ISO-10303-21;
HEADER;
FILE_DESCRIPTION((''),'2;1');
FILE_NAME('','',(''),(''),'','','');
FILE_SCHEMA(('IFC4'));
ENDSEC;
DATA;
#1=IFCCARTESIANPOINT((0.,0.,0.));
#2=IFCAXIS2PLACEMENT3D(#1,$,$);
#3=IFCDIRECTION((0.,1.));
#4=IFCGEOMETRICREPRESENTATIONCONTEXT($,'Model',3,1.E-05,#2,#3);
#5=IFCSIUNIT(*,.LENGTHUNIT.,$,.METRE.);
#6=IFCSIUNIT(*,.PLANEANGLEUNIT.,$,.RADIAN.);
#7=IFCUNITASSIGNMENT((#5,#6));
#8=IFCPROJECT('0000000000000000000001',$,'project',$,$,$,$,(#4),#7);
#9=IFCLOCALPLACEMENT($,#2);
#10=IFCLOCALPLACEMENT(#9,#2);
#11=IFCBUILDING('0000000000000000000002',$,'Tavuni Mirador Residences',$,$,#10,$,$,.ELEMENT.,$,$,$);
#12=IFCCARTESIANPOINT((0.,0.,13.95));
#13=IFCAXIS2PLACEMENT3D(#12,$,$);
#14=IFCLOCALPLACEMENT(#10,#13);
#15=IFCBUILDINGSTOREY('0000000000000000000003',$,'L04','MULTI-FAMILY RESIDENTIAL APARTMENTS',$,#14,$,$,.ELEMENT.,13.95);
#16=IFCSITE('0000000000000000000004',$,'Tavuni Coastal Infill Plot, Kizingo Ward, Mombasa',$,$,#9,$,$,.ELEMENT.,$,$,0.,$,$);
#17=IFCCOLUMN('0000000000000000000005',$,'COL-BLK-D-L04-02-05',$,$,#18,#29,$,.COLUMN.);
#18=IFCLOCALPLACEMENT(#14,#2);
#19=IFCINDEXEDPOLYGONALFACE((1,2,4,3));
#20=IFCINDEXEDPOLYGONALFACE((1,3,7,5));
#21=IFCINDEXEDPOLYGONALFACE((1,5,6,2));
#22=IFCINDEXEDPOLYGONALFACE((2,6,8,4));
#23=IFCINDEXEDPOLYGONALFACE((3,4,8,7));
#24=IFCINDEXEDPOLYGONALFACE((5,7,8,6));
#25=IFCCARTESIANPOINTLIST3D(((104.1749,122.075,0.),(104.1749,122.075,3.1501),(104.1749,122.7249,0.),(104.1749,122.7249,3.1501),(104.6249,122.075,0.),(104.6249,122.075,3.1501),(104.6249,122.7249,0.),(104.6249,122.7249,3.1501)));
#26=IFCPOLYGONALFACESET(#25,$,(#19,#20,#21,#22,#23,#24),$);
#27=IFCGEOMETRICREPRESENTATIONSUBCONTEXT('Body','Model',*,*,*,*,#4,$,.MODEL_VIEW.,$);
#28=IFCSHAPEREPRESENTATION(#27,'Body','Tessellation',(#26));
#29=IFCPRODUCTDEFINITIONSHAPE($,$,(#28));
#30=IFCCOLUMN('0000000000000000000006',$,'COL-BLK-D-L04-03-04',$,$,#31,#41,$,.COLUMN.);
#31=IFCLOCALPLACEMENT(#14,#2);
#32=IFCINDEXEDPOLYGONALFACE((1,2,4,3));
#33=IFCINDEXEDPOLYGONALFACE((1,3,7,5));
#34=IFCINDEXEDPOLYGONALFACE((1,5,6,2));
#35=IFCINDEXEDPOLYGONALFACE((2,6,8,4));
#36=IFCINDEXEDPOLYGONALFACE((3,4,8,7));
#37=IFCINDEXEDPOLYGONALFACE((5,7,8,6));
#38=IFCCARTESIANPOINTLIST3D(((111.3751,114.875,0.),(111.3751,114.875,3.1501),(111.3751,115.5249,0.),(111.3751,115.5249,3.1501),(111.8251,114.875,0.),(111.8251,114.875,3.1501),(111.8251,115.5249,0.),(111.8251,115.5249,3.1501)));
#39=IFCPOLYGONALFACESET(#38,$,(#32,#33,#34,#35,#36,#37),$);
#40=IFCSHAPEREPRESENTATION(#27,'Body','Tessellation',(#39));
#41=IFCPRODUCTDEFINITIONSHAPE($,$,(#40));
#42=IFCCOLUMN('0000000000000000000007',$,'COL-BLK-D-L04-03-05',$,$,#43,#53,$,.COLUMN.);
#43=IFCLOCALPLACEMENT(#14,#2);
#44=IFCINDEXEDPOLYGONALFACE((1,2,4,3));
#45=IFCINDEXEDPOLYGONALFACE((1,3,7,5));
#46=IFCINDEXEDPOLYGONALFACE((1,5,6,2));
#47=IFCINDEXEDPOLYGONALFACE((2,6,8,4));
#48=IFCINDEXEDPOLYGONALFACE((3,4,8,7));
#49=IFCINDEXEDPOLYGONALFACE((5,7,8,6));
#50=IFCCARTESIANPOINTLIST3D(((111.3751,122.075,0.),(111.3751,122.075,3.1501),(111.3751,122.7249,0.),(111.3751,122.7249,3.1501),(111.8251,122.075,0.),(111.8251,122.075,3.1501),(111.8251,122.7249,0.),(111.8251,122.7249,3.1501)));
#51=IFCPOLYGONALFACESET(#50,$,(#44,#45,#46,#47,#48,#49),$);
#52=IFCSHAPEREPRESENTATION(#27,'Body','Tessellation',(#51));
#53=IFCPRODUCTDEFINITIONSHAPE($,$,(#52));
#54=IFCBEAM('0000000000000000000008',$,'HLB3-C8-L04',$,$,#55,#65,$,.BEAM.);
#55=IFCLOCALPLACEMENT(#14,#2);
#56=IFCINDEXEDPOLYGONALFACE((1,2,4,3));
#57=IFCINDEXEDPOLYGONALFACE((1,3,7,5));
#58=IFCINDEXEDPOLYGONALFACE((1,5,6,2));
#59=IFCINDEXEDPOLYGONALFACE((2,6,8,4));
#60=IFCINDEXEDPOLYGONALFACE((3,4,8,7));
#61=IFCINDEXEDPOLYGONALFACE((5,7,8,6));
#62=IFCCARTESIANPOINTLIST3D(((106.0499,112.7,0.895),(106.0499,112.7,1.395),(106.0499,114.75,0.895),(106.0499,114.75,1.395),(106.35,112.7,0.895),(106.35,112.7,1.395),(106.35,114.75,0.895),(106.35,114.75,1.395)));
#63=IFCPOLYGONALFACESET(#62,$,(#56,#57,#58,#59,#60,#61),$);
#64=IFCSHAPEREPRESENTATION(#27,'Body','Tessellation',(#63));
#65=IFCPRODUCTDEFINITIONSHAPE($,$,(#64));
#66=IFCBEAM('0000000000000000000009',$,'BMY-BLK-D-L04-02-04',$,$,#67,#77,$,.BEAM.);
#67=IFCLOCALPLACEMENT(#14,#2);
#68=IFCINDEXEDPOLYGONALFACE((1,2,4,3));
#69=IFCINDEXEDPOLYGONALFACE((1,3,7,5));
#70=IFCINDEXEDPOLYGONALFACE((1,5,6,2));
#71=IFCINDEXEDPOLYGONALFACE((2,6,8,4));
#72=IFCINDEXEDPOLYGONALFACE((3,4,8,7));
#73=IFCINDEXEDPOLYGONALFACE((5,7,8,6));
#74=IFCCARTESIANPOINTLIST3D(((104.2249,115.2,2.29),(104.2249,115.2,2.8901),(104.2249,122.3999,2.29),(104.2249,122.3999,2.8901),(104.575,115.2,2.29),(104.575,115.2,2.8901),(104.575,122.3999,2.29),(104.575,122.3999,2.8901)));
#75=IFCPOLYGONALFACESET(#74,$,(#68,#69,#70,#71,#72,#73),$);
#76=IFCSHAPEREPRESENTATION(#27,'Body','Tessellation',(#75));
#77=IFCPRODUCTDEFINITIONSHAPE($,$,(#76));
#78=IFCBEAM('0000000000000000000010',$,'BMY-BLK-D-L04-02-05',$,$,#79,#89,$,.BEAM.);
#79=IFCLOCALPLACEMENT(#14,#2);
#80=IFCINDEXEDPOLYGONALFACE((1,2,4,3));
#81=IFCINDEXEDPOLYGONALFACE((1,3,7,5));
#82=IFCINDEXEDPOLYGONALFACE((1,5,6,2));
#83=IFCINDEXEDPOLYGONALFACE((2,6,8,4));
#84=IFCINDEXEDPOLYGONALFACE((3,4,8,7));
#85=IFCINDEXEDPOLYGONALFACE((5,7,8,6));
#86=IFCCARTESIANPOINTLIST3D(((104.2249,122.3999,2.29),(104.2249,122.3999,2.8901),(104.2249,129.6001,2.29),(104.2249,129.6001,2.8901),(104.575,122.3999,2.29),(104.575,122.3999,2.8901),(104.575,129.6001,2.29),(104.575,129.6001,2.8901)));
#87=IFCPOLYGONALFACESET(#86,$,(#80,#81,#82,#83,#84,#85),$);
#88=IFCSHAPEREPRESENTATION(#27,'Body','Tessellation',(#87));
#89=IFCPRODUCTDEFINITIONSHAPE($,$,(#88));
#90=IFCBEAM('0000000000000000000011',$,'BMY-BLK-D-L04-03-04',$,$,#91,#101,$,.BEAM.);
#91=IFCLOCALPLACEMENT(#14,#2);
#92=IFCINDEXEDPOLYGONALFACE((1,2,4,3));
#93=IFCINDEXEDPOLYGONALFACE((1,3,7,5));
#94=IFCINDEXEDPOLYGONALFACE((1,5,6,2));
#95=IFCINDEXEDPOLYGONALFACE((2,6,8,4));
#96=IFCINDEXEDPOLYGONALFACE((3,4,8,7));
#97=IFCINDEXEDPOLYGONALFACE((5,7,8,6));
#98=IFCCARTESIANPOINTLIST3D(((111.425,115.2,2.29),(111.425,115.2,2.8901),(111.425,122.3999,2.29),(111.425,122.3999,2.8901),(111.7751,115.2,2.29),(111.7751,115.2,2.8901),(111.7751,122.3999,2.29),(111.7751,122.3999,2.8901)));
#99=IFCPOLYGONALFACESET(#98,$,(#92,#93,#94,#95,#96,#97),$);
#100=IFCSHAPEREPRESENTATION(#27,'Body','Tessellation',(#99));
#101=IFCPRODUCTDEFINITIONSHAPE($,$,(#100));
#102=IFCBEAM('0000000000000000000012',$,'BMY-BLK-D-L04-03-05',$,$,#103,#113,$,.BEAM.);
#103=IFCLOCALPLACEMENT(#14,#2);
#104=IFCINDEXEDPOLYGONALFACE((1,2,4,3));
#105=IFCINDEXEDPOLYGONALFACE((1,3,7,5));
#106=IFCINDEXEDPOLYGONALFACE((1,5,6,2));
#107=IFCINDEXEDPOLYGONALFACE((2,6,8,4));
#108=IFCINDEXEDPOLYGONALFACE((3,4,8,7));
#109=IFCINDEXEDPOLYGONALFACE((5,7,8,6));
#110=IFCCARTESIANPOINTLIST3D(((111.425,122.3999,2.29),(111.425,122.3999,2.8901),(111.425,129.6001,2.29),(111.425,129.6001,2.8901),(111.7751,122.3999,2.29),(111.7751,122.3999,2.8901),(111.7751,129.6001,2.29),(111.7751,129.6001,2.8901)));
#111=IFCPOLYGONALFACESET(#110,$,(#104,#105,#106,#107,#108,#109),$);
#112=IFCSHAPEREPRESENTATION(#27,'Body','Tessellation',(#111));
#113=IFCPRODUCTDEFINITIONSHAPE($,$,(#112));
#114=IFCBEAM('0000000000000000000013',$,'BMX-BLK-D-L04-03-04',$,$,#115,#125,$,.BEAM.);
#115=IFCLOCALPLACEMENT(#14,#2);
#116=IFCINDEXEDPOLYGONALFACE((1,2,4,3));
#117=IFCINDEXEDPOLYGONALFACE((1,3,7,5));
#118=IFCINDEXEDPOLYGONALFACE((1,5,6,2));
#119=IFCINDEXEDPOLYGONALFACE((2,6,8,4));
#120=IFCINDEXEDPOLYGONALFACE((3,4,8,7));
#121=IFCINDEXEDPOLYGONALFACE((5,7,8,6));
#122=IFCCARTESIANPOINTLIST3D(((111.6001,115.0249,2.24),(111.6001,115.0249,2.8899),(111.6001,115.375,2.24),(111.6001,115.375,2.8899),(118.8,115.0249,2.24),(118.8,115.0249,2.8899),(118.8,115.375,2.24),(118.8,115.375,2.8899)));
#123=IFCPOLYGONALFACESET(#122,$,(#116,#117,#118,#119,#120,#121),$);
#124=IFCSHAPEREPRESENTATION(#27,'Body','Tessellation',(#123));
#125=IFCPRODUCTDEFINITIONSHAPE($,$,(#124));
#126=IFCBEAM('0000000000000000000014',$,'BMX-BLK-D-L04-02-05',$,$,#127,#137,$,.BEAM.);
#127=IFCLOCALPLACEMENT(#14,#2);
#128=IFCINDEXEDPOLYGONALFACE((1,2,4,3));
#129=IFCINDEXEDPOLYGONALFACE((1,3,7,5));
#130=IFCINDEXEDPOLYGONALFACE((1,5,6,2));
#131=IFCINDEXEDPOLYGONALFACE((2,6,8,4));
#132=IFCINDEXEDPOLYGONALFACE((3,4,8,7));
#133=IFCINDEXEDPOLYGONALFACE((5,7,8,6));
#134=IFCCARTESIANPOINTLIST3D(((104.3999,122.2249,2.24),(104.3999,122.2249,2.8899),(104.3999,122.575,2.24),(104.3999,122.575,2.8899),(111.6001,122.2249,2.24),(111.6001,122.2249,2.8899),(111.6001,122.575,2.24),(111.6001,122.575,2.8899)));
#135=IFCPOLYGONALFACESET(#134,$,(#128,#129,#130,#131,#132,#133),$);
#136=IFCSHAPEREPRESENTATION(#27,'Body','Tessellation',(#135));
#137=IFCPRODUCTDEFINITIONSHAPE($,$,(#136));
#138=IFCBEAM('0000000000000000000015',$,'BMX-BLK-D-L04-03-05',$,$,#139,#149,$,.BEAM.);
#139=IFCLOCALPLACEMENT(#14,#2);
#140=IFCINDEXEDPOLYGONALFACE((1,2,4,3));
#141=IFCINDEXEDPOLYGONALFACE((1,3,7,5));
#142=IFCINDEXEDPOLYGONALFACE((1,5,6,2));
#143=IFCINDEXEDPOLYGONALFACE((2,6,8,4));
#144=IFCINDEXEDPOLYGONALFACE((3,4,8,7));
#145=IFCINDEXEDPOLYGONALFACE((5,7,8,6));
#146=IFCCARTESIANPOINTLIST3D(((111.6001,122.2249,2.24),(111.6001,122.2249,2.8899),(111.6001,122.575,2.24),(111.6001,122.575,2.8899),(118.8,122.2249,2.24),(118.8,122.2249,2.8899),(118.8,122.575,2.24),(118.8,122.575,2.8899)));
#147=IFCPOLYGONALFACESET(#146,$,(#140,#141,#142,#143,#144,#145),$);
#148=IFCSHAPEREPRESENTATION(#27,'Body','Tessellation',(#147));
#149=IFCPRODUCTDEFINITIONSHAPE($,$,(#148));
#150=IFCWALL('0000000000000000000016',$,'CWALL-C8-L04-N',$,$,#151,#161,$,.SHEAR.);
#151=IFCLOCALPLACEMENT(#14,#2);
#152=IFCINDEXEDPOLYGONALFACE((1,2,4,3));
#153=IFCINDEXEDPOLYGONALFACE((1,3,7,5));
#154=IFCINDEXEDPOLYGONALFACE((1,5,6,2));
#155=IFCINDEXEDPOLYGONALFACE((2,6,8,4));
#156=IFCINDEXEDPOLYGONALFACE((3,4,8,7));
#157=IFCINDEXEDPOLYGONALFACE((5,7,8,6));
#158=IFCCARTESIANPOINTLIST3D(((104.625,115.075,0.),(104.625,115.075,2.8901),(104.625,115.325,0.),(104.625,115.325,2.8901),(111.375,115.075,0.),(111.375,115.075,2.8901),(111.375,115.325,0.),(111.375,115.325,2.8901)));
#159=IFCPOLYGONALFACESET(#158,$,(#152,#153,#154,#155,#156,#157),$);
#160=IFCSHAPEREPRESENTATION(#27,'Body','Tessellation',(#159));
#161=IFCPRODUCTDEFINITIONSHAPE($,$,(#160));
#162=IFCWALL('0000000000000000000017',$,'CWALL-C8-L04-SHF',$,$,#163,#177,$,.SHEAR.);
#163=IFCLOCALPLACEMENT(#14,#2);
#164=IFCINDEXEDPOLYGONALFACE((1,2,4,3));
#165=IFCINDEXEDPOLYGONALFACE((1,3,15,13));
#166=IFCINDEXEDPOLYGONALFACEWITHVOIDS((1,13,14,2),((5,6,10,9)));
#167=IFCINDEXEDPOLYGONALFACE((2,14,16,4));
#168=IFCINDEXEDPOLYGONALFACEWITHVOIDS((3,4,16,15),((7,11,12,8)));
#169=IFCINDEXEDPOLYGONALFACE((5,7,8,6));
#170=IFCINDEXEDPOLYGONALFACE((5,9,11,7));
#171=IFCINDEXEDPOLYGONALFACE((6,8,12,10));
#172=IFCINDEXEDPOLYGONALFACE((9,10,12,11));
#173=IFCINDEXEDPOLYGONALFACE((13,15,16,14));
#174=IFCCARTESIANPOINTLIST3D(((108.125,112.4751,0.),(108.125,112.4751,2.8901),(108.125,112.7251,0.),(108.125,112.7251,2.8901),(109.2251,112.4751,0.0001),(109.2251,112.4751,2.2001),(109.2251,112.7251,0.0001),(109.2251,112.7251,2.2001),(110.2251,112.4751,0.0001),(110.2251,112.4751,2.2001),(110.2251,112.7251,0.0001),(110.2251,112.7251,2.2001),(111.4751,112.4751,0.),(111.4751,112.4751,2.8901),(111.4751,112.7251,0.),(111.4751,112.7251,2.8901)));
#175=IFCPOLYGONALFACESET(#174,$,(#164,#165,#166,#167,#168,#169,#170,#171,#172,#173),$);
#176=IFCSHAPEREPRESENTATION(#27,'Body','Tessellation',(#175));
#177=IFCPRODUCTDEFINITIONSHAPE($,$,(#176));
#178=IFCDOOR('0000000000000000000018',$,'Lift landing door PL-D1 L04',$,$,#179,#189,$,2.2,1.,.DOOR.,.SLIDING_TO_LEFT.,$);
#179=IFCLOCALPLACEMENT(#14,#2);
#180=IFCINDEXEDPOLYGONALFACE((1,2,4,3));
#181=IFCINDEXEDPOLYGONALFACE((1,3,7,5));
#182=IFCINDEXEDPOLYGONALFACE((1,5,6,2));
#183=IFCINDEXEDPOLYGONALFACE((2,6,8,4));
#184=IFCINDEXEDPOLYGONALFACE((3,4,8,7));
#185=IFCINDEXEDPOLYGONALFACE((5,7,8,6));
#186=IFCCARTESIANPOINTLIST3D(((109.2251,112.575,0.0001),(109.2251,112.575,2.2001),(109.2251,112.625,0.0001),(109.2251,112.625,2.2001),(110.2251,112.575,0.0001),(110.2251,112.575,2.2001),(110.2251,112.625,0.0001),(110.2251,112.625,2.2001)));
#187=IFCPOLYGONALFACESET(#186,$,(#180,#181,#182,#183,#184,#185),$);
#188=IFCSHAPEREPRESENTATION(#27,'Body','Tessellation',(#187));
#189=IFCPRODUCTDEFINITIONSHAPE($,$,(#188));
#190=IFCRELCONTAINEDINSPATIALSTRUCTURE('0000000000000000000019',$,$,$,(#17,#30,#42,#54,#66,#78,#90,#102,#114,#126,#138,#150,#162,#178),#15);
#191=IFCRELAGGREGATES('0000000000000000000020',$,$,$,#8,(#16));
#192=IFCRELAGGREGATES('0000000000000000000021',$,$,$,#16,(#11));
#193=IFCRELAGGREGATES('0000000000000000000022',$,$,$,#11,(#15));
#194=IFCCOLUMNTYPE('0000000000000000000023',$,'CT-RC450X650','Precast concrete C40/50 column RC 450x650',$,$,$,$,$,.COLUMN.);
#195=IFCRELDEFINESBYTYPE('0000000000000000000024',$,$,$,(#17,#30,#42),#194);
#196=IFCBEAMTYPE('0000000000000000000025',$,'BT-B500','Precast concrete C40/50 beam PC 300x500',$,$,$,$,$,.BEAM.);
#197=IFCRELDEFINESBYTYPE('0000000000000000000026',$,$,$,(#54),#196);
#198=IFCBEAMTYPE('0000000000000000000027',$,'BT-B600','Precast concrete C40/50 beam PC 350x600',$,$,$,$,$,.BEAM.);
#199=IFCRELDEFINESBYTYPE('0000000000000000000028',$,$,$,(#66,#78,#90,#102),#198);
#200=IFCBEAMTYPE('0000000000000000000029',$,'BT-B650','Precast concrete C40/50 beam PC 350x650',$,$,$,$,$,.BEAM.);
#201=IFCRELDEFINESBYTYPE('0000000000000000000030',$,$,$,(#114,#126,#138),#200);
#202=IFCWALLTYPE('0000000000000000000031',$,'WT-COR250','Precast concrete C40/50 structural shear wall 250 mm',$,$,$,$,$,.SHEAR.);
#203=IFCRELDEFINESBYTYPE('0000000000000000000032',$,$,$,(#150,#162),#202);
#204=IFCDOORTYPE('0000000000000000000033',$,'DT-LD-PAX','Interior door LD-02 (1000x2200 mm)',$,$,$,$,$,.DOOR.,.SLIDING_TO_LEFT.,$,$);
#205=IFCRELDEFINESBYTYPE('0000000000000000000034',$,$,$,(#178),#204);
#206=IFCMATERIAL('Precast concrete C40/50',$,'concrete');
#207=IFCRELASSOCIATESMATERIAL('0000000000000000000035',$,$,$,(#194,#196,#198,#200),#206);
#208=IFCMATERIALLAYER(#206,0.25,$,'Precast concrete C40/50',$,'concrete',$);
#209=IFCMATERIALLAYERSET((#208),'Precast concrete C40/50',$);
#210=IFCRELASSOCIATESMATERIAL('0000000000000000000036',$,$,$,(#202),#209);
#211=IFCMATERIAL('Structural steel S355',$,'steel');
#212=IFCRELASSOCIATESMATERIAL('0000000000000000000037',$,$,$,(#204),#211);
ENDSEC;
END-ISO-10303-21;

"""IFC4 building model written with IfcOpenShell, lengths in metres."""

from ifc_helpers import new_model, si_unit, direction, frame, frame_2d, origin, origin_2d, place, context, subcontext, project, spatial, rectangle, extrude, material, layer, layer_set, material_profile, profile_set, type_object, element, fill, save


model = new_model("IFC4")

# Units and contexts
model_context = context("Model", 3, precision=1e-05, world=origin(), true_north=direction((0.0, 1.0)))
body_context = subcontext(model_context, "Body", "Model", "MODEL_VIEW")
ifc_project = project(units=[si_unit("LENGTHUNIT", "METRE"), si_unit("PLANEANGLEUNIT", "RADIAN")], contexts=[model_context])

# Site, building, storey
site_placement = place(None, origin())
site = spatial("IfcSite", under=ifc_project, at=site_placement, Name="Tavuni Coastal Infill Plot, Kizingo Ward, Mombasa", CompositionType="ELEMENT", RefElevation=0.0)
building_placement = place(site_placement, origin())
building = spatial("IfcBuilding", under=site, at=building_placement, Name="Tavuni Mirador Residences", CompositionType="ELEMENT")
storey_placement = place(building_placement, frame((0.0, 0.0, 13.95)))
storey = spatial("IfcBuildingStorey", under=building, at=storey_placement, Name="L04", Description="MULTI-FAMILY RESIDENTIAL APARTMENTS", CompositionType="ELEMENT", Elevation=13.95)

# Columns
ifc_material_1 = material(Name="Precast concrete C40/50", Category="concrete")
ifc_material_profile_1 = material_profile(ifc_material_1, rectangle(XDim=0.45, YDim=0.6499, at=origin_2d()), Name="RC 450x650", Category="concrete")
ifc_profile_set_1 = profile_set([ifc_material_profile_1], Name="Precast concrete C40/50")
column_type = type_object("IfcColumnType", Name="CT-RC450X650", Description="Precast concrete C40/50 column RC 450x650", PredefinedType="COLUMN", material=ifc_profile_set_1)
for number, where, z_axis, x_axis, name in (
    (1, (104.3999, 122.3999, 0.0), (0.0, 0.0, 1.0), (1.0, 0.0, 0.0), "COL-BLK-D-L04-02-05"),
    (2, (111.6001, 115.2, 0.0), (0.0, 0.0, 1.0), (1.0, 0.0, 0.0), "COL-BLK-D-L04-03-04"),
    (3, (111.6001, 122.3999, 0.0), (0.0, 0.0, 1.0), (1.0, 0.0, 0.0), "COL-BLK-D-L04-03-05"),
):
    element("IfcColumn", number, at=place(storey_placement, frame(where, z_axis=z_axis, x_axis=x_axis)), inside=storey, type_object=column_type, Name=name, PredefinedType="COLUMN", context=body_context, shape_type="SweptSolid", body=[
        extrude(rectangle(XDim=0.45, YDim=0.6499, at=origin_2d()), origin(), (0.0, 0.0, 1.0), 3.1501),
    ])

# Beams
ifc_material_profile_2 = material_profile(ifc_material_1, rectangle(XDim=0.3, YDim=0.5, at=origin_2d()), Name="PC 300x500", Category="concrete")
ifc_profile_set_2 = profile_set([ifc_material_profile_2], Name="Precast concrete C40/50")
beam_type_1 = type_object("IfcBeamType", Name="BT-B500", Description="Precast concrete C40/50 beam PC 300x500", PredefinedType="BEAM", material=ifc_profile_set_2)
beam_1_placement = place(storey_placement, frame((106.2, 112.7, 1.145), z_axis=(0.0, 1.0, 0.0), x_axis=(-1.0, 0.0, 0.0)))
element("IfcBeam", 4, at=beam_1_placement, inside=storey, type_object=beam_type_1, Name="HLB3-C8-L04", PredefinedType="BEAM", context=body_context, shape_type="SweptSolid", body=[
    extrude(rectangle(XDim=0.3, YDim=0.5, at=origin_2d()), origin(), (0.0, 0.0, 1.0), 2.05),
])
ifc_material_profile_3 = material_profile(ifc_material_1, rectangle(XDim=0.3501, YDim=0.6001, at=origin_2d()), Name="PC 350x600", Category="concrete")
ifc_profile_set_3 = profile_set([ifc_material_profile_3], Name="Precast concrete C40/50")
beam_type_2 = type_object("IfcBeamType", Name="BT-B600", Description="Precast concrete C40/50 beam PC 350x600", PredefinedType="BEAM", material=ifc_profile_set_3)
beam_2_placement = place(storey_placement, frame((104.3999, 115.2, 2.5901), z_axis=(0.0, 1.0, 0.0), x_axis=(-1.0, 0.0, 0.0)))
element("IfcBeam", 5, at=beam_2_placement, inside=storey, type_object=beam_type_2, Name="BMY-BLK-D-L04-02-04", PredefinedType="BEAM", context=body_context, shape_type="SweptSolid", body=[
    extrude(rectangle(XDim=0.3501, YDim=0.6001, at=origin_2d()), origin(), (0.0, 0.0, 1.0), 7.2),
])
beam_3_placement = place(storey_placement, frame((104.3999, 122.3999, 2.5901), z_axis=(0.0, 1.0, 0.0), x_axis=(-1.0, 0.0, 0.0)))
element("IfcBeam", 6, at=beam_3_placement, inside=storey, type_object=beam_type_2, Name="BMY-BLK-D-L04-02-05", PredefinedType="BEAM", context=body_context, shape_type="SweptSolid", body=[
    extrude(rectangle(XDim=0.3501, YDim=0.6001, at=origin_2d()), origin(), (0.0, 0.0, 1.0), 7.2002),
])
beam_4_placement = place(storey_placement, frame((111.6001, 115.2, 2.5901), z_axis=(0.0, 1.0, 0.0), x_axis=(-1.0, 0.0, 0.0)))
element("IfcBeam", 7, at=beam_4_placement, inside=storey, type_object=beam_type_2, Name="BMY-BLK-D-L04-03-04", PredefinedType="BEAM", context=body_context, shape_type="SweptSolid", body=[
    extrude(rectangle(XDim=0.3501, YDim=0.6001, at=origin_2d()), origin(), (0.0, 0.0, 1.0), 7.2),
])
beam_5_placement = place(storey_placement, frame((111.6001, 122.3999, 2.5901), z_axis=(0.0, 1.0, 0.0), x_axis=(-1.0, 0.0, 0.0)))
element("IfcBeam", 8, at=beam_5_placement, inside=storey, type_object=beam_type_2, Name="BMY-BLK-D-L04-03-05", PredefinedType="BEAM", context=body_context, shape_type="SweptSolid", body=[
    extrude(rectangle(XDim=0.3501, YDim=0.6001, at=origin_2d()), origin(), (0.0, 0.0, 1.0), 7.2002),
])
ifc_material_profile_4 = material_profile(ifc_material_1, rectangle(XDim=0.3501, YDim=0.6499, at=origin_2d()), Name="PC 350x650", Category="concrete")
ifc_profile_set_4 = profile_set([ifc_material_profile_4], Name="Precast concrete C40/50")
beam_type_3 = type_object("IfcBeamType", Name="BT-B650", Description="Precast concrete C40/50 beam PC 350x650", PredefinedType="BEAM", material=ifc_profile_set_4)
beam_6_placement = place(storey_placement, frame((111.6001, 115.2, 2.5649), z_axis=(1.0, 0.0, 0.0), x_axis=(0.0, 1.0, 0.0)))
element("IfcBeam", 9, at=beam_6_placement, inside=storey, type_object=beam_type_3, Name="BMX-BLK-D-L04-03-04", PredefinedType="BEAM", context=body_context, shape_type="SweptSolid", body=[
    extrude(rectangle(XDim=0.3501, YDim=0.6499, at=origin_2d()), origin(), (0.0, 0.0, 1.0), 7.2),
])
beam_7_placement = place(storey_placement, frame((104.3999, 122.3999, 2.5649), z_axis=(1.0, 0.0, 0.0), x_axis=(0.0, 1.0, 0.0)))
element("IfcBeam", 10, at=beam_7_placement, inside=storey, type_object=beam_type_3, Name="BMX-BLK-D-L04-02-05", PredefinedType="BEAM", context=body_context, shape_type="SweptSolid", body=[
    extrude(rectangle(XDim=0.3501, YDim=0.6499, at=origin_2d()), origin(), (0.0, 0.0, 1.0), 7.2002),
])
beam_8_placement = place(storey_placement, frame((111.6001, 122.3999, 2.5649), z_axis=(1.0, 0.0, 0.0), x_axis=(0.0, 1.0, 0.0)))
element("IfcBeam", 11, at=beam_8_placement, inside=storey, type_object=beam_type_3, Name="BMX-BLK-D-L04-03-05", PredefinedType="BEAM", context=body_context, shape_type="SweptSolid", body=[
    extrude(rectangle(XDim=0.3501, YDim=0.6499, at=origin_2d()), origin(), (0.0, 0.0, 1.0), 7.2),
])

# Wall
ifc_layer_1 = layer(ifc_material_1, 0.25, Name="Precast concrete C40/50", Category="concrete")
ifc_layer_set_1 = layer_set([ifc_layer_1], Name="Precast concrete C40/50")
wall_type_1 = type_object("IfcWallType", Name="WT-COR250", Description="Precast concrete C40/50 structural shear wall 250 mm", PredefinedType="SHEAR", material=ifc_layer_set_1)
wall_1_placement = place(storey_placement, frame((104.625, 115.2, 0.0), z_axis=(0.0, 0.0, 1.0), x_axis=(1.0, 0.0, 0.0)))
element("IfcWall", 12, at=wall_1_placement, inside=storey, type_object=wall_type_1, Name="CWALL-C8-L04-N", PredefinedType="SHEAR", context=body_context, shape_type="SweptSolid", body=[
    extrude(rectangle(XDim=6.75, YDim=0.25, at=frame_2d((3.375, 0.0))), origin(), (0.0, 0.0, 1.0), 2.8901),
])

# Wall, opening, door
wall_2_placement = place(storey_placement, frame((108.125, 112.6001, 0.0), z_axis=(0.0, 0.0, 1.0), x_axis=(1.0, 0.0, 0.0)))
wall_2 = element("IfcWall", 13, at=wall_2_placement, inside=storey, type_object=wall_type_1, Name="CWALL-C8-L04-SHF", PredefinedType="SHEAR", context=body_context, shape_type="SweptSolid", body=[
    extrude(rectangle(XDim=3.3501, YDim=0.25, at=frame_2d((1.675, 0.0))), origin(), (0.0, 0.0, 1.0), 2.8901),
])
opening_1_placement = place(wall_2_placement, frame((1.1001, 0.0, 0.0)))
opening_1 = element("IfcOpeningElement", 14, at=opening_1_placement, cuts=wall_2, PredefinedType="OPENING", context=body_context, shape_type="SweptSolid", body=[
    extrude(rectangle(XDim=1.0, YDim=2.2, at=frame_2d((0.5, 1.1001))), frame((0.0, 0.135, 0.0), z_axis=(0.0, -1.0, 0.0), x_axis=(1.0, 0.0, 0.0)), (0.0, 0.0, 1.0), 0.27),
])
ifc_material_2 = material(Name="Structural steel S355", Category="steel")
door_type_1 = type_object("IfcDoorType", Name="DT-LD-PAX", Description="Interior door LD-02 (1000x2200 mm)", OperationType="SLIDING_TO_LEFT", PredefinedType="DOOR", material=ifc_material_2)
door_1_placement = place(opening_1_placement, origin())
door_1 = element("IfcDoor", 15, at=door_1_placement, inside=storey, type_object=door_type_1, Name="Lift landing door PL-D1 L04", OperationType="SLIDING_TO_LEFT", OverallHeight=2.2, OverallWidth=1.0, PredefinedType="DOOR", context=body_context, shape_type="SweptSolid", body=[
    extrude(rectangle(XDim=1.0, YDim=2.2, at=frame_2d((0.5, 1.1001))), frame((0.0, 0.0249, 0.0), z_axis=(0.0, -1.0, 0.0), x_axis=(1.0, 0.0, 0.0)), (0.0, 0.0, 1.0), 0.05),
])
fill(opening_1, door_1)

save(model, "model.ifc")
